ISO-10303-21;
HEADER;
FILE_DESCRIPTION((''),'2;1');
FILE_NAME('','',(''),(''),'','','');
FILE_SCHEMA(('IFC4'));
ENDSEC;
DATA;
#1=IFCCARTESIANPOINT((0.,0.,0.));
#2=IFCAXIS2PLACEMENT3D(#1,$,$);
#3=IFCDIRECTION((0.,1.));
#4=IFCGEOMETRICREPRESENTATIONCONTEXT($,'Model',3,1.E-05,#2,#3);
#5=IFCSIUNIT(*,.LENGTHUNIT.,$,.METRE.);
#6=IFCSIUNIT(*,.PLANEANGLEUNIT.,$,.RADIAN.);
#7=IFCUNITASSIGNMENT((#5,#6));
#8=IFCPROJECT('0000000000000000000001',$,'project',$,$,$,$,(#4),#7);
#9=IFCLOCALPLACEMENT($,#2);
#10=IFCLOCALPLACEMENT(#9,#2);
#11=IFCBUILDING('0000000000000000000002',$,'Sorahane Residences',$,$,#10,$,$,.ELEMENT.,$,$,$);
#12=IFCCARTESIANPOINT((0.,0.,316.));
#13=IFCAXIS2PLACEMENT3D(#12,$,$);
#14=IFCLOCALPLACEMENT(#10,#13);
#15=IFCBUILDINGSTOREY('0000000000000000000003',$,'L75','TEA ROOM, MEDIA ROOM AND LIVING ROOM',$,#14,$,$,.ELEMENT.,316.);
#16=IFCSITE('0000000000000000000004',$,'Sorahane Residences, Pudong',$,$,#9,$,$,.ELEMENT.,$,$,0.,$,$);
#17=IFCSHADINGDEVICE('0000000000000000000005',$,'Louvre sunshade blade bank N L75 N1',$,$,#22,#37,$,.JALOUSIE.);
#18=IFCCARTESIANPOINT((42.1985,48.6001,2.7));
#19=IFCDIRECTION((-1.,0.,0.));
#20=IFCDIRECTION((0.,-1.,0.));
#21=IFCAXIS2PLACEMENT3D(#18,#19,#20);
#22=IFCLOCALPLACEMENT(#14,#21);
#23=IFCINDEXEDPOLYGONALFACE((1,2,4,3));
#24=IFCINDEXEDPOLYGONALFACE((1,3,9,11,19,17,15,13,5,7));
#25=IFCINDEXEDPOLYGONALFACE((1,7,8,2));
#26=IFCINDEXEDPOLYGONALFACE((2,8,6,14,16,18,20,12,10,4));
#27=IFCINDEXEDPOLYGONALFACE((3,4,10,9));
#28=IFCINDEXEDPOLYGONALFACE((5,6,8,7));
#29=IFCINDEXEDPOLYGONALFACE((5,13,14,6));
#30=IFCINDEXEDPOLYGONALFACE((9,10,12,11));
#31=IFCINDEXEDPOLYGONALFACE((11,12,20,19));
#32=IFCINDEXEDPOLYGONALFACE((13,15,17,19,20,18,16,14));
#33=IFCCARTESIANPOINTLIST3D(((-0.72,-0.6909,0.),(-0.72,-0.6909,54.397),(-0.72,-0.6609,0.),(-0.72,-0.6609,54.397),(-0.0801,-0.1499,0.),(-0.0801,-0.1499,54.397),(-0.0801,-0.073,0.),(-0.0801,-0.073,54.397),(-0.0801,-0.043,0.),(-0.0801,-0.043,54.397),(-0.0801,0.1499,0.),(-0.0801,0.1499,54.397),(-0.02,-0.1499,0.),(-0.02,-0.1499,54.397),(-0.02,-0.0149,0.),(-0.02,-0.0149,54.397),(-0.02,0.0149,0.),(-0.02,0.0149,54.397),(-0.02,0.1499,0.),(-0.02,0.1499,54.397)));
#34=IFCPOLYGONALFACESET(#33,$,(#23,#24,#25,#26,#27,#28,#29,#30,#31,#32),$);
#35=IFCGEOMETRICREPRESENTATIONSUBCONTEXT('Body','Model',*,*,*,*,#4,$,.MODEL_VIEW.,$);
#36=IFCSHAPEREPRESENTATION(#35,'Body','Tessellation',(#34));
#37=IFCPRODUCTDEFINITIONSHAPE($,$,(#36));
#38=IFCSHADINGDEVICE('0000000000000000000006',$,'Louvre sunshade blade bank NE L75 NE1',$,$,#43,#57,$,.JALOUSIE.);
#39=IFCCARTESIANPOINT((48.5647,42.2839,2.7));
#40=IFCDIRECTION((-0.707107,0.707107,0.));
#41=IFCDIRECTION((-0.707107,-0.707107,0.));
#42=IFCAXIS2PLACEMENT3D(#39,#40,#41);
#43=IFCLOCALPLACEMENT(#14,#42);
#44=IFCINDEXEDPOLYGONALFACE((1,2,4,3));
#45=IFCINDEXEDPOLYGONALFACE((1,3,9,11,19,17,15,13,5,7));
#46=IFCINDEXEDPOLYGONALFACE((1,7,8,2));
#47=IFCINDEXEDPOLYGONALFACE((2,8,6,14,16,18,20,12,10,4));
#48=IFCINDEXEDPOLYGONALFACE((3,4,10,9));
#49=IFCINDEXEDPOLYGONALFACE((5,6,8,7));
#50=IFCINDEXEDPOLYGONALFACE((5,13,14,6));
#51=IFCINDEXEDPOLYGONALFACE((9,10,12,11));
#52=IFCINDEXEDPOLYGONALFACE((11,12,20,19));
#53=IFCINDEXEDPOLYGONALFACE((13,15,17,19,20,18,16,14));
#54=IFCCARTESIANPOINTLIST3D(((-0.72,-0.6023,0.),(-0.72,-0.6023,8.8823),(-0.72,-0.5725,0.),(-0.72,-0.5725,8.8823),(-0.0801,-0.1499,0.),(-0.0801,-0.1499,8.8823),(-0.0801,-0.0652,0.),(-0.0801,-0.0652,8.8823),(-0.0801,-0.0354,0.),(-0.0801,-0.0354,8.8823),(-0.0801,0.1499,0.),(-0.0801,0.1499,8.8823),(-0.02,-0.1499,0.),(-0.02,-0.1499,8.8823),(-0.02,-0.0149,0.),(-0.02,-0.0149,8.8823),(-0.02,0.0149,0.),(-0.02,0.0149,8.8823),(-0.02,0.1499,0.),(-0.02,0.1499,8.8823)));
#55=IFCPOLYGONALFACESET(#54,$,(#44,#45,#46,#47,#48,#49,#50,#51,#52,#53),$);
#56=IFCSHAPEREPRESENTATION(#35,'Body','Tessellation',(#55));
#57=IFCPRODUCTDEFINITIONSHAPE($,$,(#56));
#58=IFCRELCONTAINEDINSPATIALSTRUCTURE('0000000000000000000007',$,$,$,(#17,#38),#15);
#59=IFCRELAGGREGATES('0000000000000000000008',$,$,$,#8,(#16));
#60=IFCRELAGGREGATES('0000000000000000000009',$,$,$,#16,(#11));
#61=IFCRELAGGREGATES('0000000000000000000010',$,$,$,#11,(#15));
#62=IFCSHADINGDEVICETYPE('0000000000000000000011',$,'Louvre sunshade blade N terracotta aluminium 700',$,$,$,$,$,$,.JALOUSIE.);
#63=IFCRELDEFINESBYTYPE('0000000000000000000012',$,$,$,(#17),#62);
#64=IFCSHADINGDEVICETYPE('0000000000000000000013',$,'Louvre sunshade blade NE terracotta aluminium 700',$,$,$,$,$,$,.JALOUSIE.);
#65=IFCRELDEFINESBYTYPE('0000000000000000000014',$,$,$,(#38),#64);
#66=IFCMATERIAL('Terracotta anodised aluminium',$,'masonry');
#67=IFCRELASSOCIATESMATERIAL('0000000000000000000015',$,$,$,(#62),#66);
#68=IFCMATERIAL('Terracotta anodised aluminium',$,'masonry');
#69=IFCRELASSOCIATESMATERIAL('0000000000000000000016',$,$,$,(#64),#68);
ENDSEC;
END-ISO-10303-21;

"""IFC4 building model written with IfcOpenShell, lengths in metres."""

from ifc_helpers import new_model, si_unit, direction, frame, origin, place, context, subcontext, project, spatial, polyline, outline, extrude, material, type_object, element, save


model = new_model("IFC4")

# Units and contexts
model_context = context("Model", 3, precision=1e-05, world=origin(), true_north=direction((0.0, 1.0)))
body_context = subcontext(model_context, "Body", "Model", "MODEL_VIEW")
ifc_project = project(units=[si_unit("LENGTHUNIT", "METRE"), si_unit("PLANEANGLEUNIT", "RADIAN")], contexts=[model_context])

# Site, building, storey
site_placement = place(None, origin())
site = spatial("IfcSite", under=ifc_project, at=site_placement, Name="Sorahane Residences, Pudong", CompositionType="ELEMENT", RefElevation=0.0)
building_placement = place(site_placement, origin())
building = spatial("IfcBuilding", under=site, at=building_placement, Name="Sorahane Residences", CompositionType="ELEMENT")
storey_placement = place(building_placement, frame((0.0, 0.0, 316.0)))
storey = spatial("IfcBuildingStorey", under=building, at=storey_placement, Name="L75", Description="TEA ROOM, MEDIA ROOM AND LIVING ROOM", CompositionType="ELEMENT", Elevation=316.0)

# Shading devices
ifc_material_1 = material(Name="Terracotta anodised aluminium", Category="masonry")
shading_device_type_1 = type_object("IfcShadingDeviceType", Name="Louvre sunshade blade N terracotta aluminium 700", PredefinedType="JALOUSIE", material=ifc_material_1)
shading_device_1_placement = place(storey_placement, frame((42.1985, 48.6001, 2.7), z_axis=(-1.0, 0.0, 0.0), x_axis=(0.0, -1.0, 0.0)))
element("IfcShadingDevice", 1, at=shading_device_1_placement, inside=storey, type_object=shading_device_type_1, Name="Louvre sunshade blade bank N L75 N1", PredefinedType="JALOUSIE", context=body_context, shape_type="SweptSolid", body=[
    extrude(outline(polyline([(-0.72, -0.6609), (-0.72, -0.6909), (-0.0801, -0.073), (-0.0801, -0.1499), (-0.02, -0.1499), (-0.02, -0.0149), (-0.02, 0.0149), (-0.02, 0.1499), (-0.0801, 0.1499), (-0.0801, -0.043), (-0.72, -0.6609)])), origin(), (0.0, 0.0, 1.0), 54.397),
])
ifc_material_2 = material(Name="Terracotta anodised aluminium", Category="masonry")
shading_device_type_2 = type_object("IfcShadingDeviceType", Name="Louvre sunshade blade NE terracotta aluminium 700", PredefinedType="JALOUSIE", material=ifc_material_2)
shading_device_2_placement = place(storey_placement, frame((48.5647, 42.2839, 2.7), z_axis=(-0.707107, 0.707107, 0.0), x_axis=(-0.707107, -0.707107, 0.0)))
element("IfcShadingDevice", 2, at=shading_device_2_placement, inside=storey, type_object=shading_device_type_2, Name="Louvre sunshade blade bank NE L75 NE1", PredefinedType="JALOUSIE", context=body_context, shape_type="SweptSolid", body=[
    extrude(outline(polyline([(-0.72, -0.5725), (-0.72, -0.6023), (-0.0801, -0.0652), (-0.0801, -0.1499), (-0.02, -0.1499), (-0.02, -0.0149), (-0.02, 0.0149), (-0.02, 0.1499), (-0.0801, 0.1499), (-0.0801, -0.0354), (-0.72, -0.5725)])), origin(), (0.0, 0.0, 1.0), 8.8823),
])

save(model, "model.ifc")
